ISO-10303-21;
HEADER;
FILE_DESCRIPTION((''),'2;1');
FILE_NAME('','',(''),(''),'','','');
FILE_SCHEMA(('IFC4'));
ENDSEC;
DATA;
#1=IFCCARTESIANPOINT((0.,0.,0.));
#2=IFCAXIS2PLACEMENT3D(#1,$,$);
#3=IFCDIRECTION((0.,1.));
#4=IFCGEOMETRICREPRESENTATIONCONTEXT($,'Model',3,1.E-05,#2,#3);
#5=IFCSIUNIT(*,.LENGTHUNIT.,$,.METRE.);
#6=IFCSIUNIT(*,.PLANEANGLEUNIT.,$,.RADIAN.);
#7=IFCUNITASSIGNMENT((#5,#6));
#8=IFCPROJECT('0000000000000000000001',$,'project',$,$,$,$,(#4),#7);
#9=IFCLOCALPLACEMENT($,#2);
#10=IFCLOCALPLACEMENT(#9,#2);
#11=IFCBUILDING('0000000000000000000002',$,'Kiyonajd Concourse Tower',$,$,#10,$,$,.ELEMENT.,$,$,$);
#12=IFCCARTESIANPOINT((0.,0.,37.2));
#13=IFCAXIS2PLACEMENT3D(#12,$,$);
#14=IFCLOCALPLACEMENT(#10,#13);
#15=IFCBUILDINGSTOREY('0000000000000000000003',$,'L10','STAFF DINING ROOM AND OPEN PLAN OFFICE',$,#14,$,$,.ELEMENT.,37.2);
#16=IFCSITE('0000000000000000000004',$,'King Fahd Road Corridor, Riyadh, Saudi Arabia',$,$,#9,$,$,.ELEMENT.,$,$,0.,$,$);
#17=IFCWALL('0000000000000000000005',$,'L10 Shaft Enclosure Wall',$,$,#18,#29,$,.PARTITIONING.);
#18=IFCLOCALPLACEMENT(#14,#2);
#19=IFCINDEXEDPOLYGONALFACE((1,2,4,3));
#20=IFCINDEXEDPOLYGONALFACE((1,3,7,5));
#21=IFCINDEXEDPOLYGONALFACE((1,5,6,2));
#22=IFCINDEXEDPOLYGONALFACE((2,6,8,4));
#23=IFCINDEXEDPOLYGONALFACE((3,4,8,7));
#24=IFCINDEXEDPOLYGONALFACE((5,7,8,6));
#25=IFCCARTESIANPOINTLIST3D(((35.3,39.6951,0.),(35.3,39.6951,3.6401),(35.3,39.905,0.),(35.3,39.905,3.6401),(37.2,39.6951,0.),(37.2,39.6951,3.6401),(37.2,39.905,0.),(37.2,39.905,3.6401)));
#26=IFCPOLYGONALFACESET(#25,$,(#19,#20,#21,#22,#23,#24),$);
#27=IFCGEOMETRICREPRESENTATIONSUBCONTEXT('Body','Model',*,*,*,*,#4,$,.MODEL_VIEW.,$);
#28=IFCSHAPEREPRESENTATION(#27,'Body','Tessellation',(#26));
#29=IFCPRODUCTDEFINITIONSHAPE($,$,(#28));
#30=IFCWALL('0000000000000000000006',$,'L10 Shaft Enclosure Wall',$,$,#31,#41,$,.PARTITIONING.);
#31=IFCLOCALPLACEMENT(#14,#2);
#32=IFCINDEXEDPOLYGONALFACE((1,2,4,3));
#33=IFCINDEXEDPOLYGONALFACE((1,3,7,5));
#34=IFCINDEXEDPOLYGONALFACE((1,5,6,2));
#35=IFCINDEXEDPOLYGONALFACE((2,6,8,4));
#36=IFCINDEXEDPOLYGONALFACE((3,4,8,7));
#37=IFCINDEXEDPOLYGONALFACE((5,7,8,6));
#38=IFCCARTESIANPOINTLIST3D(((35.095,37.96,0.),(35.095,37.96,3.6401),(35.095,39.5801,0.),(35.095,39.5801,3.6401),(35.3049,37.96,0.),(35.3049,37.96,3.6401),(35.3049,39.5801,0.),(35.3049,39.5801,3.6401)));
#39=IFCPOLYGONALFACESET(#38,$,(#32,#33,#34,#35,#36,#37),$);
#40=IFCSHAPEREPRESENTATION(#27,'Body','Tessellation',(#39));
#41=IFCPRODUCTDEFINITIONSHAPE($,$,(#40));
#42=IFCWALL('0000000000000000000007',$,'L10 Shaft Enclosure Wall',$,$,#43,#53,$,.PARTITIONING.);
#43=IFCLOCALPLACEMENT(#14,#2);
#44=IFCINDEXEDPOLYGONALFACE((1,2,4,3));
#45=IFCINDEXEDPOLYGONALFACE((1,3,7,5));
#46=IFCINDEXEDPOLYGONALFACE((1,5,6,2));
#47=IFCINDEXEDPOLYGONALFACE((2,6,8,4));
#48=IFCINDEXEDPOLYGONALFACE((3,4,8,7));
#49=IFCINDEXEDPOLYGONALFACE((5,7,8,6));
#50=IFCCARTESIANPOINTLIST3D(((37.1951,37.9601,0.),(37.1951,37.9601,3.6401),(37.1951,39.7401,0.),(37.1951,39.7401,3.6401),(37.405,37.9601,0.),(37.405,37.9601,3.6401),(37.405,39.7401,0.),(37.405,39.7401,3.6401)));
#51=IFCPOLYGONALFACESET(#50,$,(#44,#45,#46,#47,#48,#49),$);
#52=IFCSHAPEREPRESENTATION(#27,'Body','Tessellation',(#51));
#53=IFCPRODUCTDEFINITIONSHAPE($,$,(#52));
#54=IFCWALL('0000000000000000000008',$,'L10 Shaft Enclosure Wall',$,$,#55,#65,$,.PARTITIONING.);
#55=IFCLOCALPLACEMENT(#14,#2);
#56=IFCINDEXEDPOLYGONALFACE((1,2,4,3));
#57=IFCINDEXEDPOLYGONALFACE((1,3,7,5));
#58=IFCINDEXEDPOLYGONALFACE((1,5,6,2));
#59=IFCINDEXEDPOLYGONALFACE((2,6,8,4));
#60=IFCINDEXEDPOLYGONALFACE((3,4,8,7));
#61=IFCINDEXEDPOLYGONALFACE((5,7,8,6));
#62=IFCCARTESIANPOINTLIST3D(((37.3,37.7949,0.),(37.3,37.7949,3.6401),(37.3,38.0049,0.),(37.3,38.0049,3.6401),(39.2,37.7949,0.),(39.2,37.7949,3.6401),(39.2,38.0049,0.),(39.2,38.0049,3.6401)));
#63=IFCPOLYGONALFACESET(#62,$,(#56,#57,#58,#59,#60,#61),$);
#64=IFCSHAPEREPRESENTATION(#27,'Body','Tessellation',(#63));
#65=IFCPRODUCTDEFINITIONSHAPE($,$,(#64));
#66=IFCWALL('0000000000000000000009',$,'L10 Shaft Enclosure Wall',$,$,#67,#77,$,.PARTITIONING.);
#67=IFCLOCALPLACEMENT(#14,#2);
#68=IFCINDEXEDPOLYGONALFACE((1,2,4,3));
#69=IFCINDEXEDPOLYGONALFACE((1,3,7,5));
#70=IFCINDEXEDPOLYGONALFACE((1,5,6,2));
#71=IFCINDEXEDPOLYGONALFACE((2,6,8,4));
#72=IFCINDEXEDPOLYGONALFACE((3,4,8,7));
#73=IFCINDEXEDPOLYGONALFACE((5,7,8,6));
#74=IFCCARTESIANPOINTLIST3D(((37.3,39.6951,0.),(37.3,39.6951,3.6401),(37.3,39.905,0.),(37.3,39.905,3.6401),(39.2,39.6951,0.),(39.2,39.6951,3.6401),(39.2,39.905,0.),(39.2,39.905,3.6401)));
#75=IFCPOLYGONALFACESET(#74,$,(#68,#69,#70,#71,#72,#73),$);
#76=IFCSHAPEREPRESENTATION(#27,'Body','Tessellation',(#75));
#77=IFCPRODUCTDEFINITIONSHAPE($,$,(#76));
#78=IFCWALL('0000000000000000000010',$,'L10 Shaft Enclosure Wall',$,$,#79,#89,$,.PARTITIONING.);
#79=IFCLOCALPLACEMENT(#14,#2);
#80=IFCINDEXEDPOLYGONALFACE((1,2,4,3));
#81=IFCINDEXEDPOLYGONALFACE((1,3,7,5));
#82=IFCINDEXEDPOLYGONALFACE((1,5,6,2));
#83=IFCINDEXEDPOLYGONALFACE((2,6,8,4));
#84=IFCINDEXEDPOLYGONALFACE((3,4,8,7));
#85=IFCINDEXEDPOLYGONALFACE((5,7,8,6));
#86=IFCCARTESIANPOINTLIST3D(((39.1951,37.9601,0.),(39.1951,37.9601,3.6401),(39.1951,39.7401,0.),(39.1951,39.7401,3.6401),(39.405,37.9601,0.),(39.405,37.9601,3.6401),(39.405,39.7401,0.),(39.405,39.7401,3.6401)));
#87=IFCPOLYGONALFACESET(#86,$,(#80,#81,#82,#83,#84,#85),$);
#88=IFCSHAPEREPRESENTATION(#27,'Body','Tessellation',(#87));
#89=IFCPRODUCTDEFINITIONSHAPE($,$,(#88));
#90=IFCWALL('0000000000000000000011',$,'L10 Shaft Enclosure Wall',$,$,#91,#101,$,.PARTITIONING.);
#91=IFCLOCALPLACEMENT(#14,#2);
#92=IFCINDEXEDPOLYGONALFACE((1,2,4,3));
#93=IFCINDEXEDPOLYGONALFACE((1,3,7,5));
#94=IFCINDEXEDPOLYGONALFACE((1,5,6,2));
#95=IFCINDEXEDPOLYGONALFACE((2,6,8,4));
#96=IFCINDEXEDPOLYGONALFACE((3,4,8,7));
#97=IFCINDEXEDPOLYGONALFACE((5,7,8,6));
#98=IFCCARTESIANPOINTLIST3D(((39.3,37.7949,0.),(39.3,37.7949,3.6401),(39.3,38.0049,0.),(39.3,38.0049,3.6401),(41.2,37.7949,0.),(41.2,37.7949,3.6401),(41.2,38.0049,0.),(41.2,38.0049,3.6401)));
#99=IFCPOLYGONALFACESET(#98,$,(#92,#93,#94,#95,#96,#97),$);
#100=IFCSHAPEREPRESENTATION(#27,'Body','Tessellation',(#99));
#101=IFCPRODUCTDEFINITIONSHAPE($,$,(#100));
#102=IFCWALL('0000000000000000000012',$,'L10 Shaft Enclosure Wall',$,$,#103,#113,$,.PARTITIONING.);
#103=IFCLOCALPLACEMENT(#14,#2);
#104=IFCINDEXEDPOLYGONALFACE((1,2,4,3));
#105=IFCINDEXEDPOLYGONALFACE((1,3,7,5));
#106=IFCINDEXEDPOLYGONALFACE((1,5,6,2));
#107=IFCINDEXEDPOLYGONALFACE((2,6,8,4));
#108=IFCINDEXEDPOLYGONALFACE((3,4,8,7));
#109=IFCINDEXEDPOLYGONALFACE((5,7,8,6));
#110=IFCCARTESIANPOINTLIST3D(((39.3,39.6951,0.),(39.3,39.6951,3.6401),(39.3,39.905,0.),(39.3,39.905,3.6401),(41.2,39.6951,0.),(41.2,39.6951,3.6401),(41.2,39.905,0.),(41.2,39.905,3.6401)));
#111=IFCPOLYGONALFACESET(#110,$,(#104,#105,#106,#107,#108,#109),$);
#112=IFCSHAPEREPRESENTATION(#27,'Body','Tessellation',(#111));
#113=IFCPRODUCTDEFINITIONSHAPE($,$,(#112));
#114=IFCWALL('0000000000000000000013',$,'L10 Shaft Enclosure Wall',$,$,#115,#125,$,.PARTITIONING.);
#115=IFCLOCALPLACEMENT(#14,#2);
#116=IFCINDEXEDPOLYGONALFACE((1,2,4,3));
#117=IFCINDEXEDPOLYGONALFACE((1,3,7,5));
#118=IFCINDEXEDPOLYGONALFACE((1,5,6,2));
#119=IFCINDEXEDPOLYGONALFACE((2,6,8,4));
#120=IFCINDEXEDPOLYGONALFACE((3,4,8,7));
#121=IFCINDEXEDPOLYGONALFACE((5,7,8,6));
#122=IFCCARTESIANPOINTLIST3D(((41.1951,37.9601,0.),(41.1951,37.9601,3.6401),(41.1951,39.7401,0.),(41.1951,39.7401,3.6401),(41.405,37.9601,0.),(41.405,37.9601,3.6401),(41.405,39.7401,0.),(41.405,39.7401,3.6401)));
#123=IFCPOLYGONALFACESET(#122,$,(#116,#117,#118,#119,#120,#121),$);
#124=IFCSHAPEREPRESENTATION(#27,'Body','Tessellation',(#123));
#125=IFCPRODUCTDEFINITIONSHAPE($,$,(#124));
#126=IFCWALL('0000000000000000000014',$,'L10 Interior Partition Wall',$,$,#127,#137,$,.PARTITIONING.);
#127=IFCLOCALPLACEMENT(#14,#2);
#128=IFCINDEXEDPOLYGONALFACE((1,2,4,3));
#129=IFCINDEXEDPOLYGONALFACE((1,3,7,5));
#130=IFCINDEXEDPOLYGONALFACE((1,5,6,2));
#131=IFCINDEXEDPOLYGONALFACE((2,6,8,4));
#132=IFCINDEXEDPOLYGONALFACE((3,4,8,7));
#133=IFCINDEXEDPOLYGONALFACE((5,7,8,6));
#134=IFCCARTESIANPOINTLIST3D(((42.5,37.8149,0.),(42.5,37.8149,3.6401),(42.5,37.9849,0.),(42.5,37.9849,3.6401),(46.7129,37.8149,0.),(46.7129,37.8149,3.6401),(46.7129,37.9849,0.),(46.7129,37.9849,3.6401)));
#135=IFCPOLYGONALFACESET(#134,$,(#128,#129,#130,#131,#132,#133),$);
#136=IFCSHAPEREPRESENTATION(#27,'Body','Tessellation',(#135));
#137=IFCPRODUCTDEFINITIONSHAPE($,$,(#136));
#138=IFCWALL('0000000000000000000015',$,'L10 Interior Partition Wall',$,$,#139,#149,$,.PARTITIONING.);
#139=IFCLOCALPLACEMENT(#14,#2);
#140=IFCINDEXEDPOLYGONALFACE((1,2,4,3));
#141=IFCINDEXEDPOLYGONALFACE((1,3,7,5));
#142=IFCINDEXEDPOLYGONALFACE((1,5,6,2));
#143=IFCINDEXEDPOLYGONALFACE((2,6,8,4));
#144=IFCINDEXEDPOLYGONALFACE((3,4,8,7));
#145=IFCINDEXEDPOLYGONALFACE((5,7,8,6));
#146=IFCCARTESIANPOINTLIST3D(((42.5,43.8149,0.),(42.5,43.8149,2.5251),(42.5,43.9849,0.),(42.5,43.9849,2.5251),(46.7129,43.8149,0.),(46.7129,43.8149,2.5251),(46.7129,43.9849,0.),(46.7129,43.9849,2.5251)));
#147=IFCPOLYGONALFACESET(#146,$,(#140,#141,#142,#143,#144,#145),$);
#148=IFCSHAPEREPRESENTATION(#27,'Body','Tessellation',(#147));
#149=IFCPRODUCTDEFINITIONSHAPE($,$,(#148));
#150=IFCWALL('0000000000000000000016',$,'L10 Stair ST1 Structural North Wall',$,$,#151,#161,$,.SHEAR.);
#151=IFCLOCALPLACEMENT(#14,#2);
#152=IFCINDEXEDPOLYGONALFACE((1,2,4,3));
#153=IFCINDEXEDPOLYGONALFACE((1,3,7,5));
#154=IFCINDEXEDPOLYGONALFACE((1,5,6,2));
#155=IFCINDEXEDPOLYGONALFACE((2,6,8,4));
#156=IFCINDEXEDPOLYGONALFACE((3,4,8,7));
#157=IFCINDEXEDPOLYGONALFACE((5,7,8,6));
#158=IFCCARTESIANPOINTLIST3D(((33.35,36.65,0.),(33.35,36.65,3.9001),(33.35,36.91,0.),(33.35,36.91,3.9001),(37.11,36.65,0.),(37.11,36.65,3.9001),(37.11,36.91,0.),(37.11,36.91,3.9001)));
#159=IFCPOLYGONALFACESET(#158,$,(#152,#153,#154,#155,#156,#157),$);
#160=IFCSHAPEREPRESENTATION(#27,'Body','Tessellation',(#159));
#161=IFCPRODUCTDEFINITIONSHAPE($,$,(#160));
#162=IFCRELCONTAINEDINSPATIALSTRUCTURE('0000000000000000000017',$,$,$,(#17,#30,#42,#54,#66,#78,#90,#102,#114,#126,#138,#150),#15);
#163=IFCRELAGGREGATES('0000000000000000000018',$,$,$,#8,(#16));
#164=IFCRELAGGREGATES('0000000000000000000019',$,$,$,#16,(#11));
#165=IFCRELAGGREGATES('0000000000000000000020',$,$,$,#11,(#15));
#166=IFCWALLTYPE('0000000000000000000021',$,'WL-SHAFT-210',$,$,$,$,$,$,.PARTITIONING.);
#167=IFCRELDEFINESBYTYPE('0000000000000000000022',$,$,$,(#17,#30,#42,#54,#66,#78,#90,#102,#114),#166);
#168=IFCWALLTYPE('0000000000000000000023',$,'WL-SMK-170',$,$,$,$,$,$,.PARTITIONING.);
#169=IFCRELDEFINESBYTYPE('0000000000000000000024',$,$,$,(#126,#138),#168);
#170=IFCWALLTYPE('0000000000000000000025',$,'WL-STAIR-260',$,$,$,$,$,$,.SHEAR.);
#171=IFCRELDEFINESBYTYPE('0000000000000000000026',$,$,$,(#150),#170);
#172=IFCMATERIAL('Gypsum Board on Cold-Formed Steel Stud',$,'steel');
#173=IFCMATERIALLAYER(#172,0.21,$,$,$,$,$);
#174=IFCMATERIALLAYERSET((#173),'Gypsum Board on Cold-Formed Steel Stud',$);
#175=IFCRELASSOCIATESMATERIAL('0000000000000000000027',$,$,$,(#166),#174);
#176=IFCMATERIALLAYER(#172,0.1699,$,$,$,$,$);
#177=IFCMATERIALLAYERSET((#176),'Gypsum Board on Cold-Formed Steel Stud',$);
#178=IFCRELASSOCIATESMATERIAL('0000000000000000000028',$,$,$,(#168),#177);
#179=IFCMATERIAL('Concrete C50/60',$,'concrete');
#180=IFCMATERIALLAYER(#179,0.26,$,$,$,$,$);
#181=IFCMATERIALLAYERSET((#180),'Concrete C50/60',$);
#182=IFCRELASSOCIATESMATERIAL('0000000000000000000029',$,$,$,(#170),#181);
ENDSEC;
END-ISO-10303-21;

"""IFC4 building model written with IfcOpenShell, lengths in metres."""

from ifc_helpers import new_model, si_unit, direction, frame, frame_2d, origin, place, context, subcontext, project, spatial, rectangle, extrude, material, layer, layer_set, type_object, element, save


model = new_model("IFC4")

# Units and contexts
model_context = context("Model", 3, precision=1e-05, world=origin(), true_north=direction((0.0, 1.0)))
body_context = subcontext(model_context, "Body", "Model", "MODEL_VIEW")
ifc_project = project(units=[si_unit("LENGTHUNIT", "METRE"), si_unit("PLANEANGLEUNIT", "RADIAN")], contexts=[model_context])

# Site, building, storey
site_placement = place(None, origin())
site = spatial("IfcSite", under=ifc_project, at=site_placement, Name="King Fahd Road Corridor, Riyadh, Saudi Arabia", CompositionType="ELEMENT", RefElevation=0.0)
building_placement = place(site_placement, origin())
building = spatial("IfcBuilding", under=site, at=building_placement, Name="Kiyonajd Concourse Tower", CompositionType="ELEMENT")
storey_placement = place(building_placement, frame((0.0, 0.0, 37.2)))
storey = spatial("IfcBuildingStorey", under=building, at=storey_placement, Name="L10", Description="STAFF DINING ROOM AND OPEN PLAN OFFICE", CompositionType="ELEMENT", Elevation=37.2)

# Walls
ifc_material_1 = material(Name="Gypsum Board on Cold-Formed Steel Stud", Category="steel")
ifc_layer_1 = layer(ifc_material_1, 0.21)
ifc_layer_set_1 = layer_set([ifc_layer_1], Name="Gypsum Board on Cold-Formed Steel Stud")
wall_type_1 = type_object("IfcWallType", Name="WL-SHAFT-210", PredefinedType="PARTITIONING", material=ifc_layer_set_1)
for number, where, z_axis, x_axis, name in (
    (1, (35.3, 39.8, 0.0), (0.0, 0.0, 1.0), (1.0, 0.0, 0.0), "L10 Shaft Enclosure Wall"),
):
    element("IfcWall", number, at=place(storey_placement, frame(where, z_axis=z_axis, x_axis=x_axis)), inside=storey, type_object=wall_type_1, Name=name, PredefinedType="PARTITIONING", context=body_context, shape_type="SweptSolid", body=[
        extrude(rectangle(XDim=1.8999, YDim=0.21, at=frame_2d((0.95, 0.0))), origin(), (0.0, 0.0, 1.0), 3.6401),
    ])
wall_1_placement = place(storey_placement, frame((35.2, 37.96, 0.0), z_axis=(0.0, 0.0, 1.0), x_axis=(0.0, 1.0, 0.0)))
element("IfcWall", 2, at=wall_1_placement, inside=storey, type_object=wall_type_1, Name="L10 Shaft Enclosure Wall", PredefinedType="PARTITIONING", context=body_context, shape_type="SweptSolid", body=[
    extrude(rectangle(XDim=1.6201, YDim=0.21, at=frame_2d((0.8101, 0.0))), origin(), (0.0, 0.0, 1.0), 3.6401),
])
wall_2_placement = place(storey_placement, frame((37.3, 37.96, 0.0), z_axis=(0.0, 0.0, 1.0), x_axis=(0.0, 1.0, 0.0)))
element("IfcWall", 3, at=wall_2_placement, inside=storey, type_object=wall_type_1, Name="L10 Shaft Enclosure Wall", PredefinedType="PARTITIONING", context=body_context, shape_type="SweptSolid", body=[
    extrude(rectangle(XDim=1.78, YDim=0.21, at=frame_2d((0.8901, 0.0))), origin(), (0.0, 0.0, 1.0), 3.6401),
])
for number, where, z_axis, x_axis, name in (
    (4, (37.3, 37.8999, 0.0), (0.0, 0.0, 1.0), (1.0, 0.0, 0.0), "L10 Shaft Enclosure Wall"),
    (5, (37.3, 39.8, 0.0), (0.0, 0.0, 1.0), (1.0, 0.0, 0.0), "L10 Shaft Enclosure Wall"),
):
    element("IfcWall", number, at=place(storey_placement, frame(where, z_axis=z_axis, x_axis=x_axis)), inside=storey, type_object=wall_type_1, Name=name, PredefinedType="PARTITIONING", context=body_context, shape_type="SweptSolid", body=[
        extrude(rectangle(XDim=1.8999, YDim=0.21, at=frame_2d((0.95, 0.0))), origin(), (0.0, 0.0, 1.0), 3.6401),
    ])
wall_3_placement = place(storey_placement, frame((39.3, 37.96, 0.0), z_axis=(0.0, 0.0, 1.0), x_axis=(0.0, 1.0, 0.0)))
element("IfcWall", 6, at=wall_3_placement, inside=storey, type_object=wall_type_1, Name="L10 Shaft Enclosure Wall", PredefinedType="PARTITIONING", context=body_context, shape_type="SweptSolid", body=[
    extrude(rectangle(XDim=1.78, YDim=0.21, at=frame_2d((0.8901, 0.0))), origin(), (0.0, 0.0, 1.0), 3.6401),
])
for number, where, z_axis, x_axis, name in (
    (7, (39.3, 37.8999, 0.0), (0.0, 0.0, 1.0), (1.0, 0.0, 0.0), "L10 Shaft Enclosure Wall"),
    (8, (39.3, 39.8, 0.0), (0.0, 0.0, 1.0), (1.0, 0.0, 0.0), "L10 Shaft Enclosure Wall"),
):
    element("IfcWall", number, at=place(storey_placement, frame(where, z_axis=z_axis, x_axis=x_axis)), inside=storey, type_object=wall_type_1, Name=name, PredefinedType="PARTITIONING", context=body_context, shape_type="SweptSolid", body=[
        extrude(rectangle(XDim=1.8999, YDim=0.21, at=frame_2d((0.95, 0.0))), origin(), (0.0, 0.0, 1.0), 3.6401),
    ])
wall_4_placement = place(storey_placement, frame((41.3, 37.96, 0.0), z_axis=(0.0, 0.0, 1.0), x_axis=(0.0, 1.0, 0.0)))
element("IfcWall", 9, at=wall_4_placement, inside=storey, type_object=wall_type_1, Name="L10 Shaft Enclosure Wall", PredefinedType="PARTITIONING", context=body_context, shape_type="SweptSolid", body=[
    extrude(rectangle(XDim=1.78, YDim=0.21, at=frame_2d((0.8901, 0.0))), origin(), (0.0, 0.0, 1.0), 3.6401),
])
ifc_layer_2 = layer(ifc_material_1, 0.1699)
ifc_layer_set_2 = layer_set([ifc_layer_2], Name="Gypsum Board on Cold-Formed Steel Stud")
wall_type_2 = type_object("IfcWallType", Name="WL-SMK-170", PredefinedType="PARTITIONING", material=ifc_layer_set_2)
wall_5_placement = place(storey_placement, frame((42.5, 37.8999, 0.0), z_axis=(0.0, 0.0, 1.0), x_axis=(1.0, 0.0, 0.0)))
element("IfcWall", 10, at=wall_5_placement, inside=storey, type_object=wall_type_2, Name="L10 Interior Partition Wall", PredefinedType="PARTITIONING", context=body_context, shape_type="SweptSolid", body=[
    extrude(rectangle(XDim=4.2129, YDim=0.1699, at=frame_2d((2.1064, 0.0))), origin(), (0.0, 0.0, 1.0), 3.6401),
])
wall_6_placement = place(storey_placement, frame((42.5, 43.8999, 0.0), z_axis=(0.0, 0.0, 1.0), x_axis=(1.0, 0.0, 0.0)))
element("IfcWall", 11, at=wall_6_placement, inside=storey, type_object=wall_type_2, Name="L10 Interior Partition Wall", PredefinedType="PARTITIONING", context=body_context, shape_type="SweptSolid", body=[
    extrude(rectangle(XDim=4.2129, YDim=0.1699, at=frame_2d((2.1064, 0.0))), origin(), (0.0, 0.0, 1.0), 2.5251),
])
ifc_material_2 = material(Name="Concrete C50/60", Category="concrete")
ifc_layer_3 = layer(ifc_material_2, 0.26)
ifc_layer_set_3 = layer_set([ifc_layer_3], Name="Concrete C50/60")
wall_type_3 = type_object("IfcWallType", Name="WL-STAIR-260", PredefinedType="SHEAR", material=ifc_layer_set_3)
wall_7_placement = place(storey_placement, frame((33.3501, 36.78, 0.0), z_axis=(0.0, 0.0, 1.0), x_axis=(1.0, 0.0, 0.0)))
element("IfcWall", 12, at=wall_7_placement, inside=storey, type_object=wall_type_3, Name="L10 Stair ST1 Structural North Wall", PredefinedType="SHEAR", context=body_context, shape_type="SweptSolid", body=[
    extrude(rectangle(XDim=3.76, YDim=0.26, at=frame_2d((1.8799, 0.0))), origin(), (0.0, 0.0, 1.0), 3.9001),
])

save(model, "model.ifc")
